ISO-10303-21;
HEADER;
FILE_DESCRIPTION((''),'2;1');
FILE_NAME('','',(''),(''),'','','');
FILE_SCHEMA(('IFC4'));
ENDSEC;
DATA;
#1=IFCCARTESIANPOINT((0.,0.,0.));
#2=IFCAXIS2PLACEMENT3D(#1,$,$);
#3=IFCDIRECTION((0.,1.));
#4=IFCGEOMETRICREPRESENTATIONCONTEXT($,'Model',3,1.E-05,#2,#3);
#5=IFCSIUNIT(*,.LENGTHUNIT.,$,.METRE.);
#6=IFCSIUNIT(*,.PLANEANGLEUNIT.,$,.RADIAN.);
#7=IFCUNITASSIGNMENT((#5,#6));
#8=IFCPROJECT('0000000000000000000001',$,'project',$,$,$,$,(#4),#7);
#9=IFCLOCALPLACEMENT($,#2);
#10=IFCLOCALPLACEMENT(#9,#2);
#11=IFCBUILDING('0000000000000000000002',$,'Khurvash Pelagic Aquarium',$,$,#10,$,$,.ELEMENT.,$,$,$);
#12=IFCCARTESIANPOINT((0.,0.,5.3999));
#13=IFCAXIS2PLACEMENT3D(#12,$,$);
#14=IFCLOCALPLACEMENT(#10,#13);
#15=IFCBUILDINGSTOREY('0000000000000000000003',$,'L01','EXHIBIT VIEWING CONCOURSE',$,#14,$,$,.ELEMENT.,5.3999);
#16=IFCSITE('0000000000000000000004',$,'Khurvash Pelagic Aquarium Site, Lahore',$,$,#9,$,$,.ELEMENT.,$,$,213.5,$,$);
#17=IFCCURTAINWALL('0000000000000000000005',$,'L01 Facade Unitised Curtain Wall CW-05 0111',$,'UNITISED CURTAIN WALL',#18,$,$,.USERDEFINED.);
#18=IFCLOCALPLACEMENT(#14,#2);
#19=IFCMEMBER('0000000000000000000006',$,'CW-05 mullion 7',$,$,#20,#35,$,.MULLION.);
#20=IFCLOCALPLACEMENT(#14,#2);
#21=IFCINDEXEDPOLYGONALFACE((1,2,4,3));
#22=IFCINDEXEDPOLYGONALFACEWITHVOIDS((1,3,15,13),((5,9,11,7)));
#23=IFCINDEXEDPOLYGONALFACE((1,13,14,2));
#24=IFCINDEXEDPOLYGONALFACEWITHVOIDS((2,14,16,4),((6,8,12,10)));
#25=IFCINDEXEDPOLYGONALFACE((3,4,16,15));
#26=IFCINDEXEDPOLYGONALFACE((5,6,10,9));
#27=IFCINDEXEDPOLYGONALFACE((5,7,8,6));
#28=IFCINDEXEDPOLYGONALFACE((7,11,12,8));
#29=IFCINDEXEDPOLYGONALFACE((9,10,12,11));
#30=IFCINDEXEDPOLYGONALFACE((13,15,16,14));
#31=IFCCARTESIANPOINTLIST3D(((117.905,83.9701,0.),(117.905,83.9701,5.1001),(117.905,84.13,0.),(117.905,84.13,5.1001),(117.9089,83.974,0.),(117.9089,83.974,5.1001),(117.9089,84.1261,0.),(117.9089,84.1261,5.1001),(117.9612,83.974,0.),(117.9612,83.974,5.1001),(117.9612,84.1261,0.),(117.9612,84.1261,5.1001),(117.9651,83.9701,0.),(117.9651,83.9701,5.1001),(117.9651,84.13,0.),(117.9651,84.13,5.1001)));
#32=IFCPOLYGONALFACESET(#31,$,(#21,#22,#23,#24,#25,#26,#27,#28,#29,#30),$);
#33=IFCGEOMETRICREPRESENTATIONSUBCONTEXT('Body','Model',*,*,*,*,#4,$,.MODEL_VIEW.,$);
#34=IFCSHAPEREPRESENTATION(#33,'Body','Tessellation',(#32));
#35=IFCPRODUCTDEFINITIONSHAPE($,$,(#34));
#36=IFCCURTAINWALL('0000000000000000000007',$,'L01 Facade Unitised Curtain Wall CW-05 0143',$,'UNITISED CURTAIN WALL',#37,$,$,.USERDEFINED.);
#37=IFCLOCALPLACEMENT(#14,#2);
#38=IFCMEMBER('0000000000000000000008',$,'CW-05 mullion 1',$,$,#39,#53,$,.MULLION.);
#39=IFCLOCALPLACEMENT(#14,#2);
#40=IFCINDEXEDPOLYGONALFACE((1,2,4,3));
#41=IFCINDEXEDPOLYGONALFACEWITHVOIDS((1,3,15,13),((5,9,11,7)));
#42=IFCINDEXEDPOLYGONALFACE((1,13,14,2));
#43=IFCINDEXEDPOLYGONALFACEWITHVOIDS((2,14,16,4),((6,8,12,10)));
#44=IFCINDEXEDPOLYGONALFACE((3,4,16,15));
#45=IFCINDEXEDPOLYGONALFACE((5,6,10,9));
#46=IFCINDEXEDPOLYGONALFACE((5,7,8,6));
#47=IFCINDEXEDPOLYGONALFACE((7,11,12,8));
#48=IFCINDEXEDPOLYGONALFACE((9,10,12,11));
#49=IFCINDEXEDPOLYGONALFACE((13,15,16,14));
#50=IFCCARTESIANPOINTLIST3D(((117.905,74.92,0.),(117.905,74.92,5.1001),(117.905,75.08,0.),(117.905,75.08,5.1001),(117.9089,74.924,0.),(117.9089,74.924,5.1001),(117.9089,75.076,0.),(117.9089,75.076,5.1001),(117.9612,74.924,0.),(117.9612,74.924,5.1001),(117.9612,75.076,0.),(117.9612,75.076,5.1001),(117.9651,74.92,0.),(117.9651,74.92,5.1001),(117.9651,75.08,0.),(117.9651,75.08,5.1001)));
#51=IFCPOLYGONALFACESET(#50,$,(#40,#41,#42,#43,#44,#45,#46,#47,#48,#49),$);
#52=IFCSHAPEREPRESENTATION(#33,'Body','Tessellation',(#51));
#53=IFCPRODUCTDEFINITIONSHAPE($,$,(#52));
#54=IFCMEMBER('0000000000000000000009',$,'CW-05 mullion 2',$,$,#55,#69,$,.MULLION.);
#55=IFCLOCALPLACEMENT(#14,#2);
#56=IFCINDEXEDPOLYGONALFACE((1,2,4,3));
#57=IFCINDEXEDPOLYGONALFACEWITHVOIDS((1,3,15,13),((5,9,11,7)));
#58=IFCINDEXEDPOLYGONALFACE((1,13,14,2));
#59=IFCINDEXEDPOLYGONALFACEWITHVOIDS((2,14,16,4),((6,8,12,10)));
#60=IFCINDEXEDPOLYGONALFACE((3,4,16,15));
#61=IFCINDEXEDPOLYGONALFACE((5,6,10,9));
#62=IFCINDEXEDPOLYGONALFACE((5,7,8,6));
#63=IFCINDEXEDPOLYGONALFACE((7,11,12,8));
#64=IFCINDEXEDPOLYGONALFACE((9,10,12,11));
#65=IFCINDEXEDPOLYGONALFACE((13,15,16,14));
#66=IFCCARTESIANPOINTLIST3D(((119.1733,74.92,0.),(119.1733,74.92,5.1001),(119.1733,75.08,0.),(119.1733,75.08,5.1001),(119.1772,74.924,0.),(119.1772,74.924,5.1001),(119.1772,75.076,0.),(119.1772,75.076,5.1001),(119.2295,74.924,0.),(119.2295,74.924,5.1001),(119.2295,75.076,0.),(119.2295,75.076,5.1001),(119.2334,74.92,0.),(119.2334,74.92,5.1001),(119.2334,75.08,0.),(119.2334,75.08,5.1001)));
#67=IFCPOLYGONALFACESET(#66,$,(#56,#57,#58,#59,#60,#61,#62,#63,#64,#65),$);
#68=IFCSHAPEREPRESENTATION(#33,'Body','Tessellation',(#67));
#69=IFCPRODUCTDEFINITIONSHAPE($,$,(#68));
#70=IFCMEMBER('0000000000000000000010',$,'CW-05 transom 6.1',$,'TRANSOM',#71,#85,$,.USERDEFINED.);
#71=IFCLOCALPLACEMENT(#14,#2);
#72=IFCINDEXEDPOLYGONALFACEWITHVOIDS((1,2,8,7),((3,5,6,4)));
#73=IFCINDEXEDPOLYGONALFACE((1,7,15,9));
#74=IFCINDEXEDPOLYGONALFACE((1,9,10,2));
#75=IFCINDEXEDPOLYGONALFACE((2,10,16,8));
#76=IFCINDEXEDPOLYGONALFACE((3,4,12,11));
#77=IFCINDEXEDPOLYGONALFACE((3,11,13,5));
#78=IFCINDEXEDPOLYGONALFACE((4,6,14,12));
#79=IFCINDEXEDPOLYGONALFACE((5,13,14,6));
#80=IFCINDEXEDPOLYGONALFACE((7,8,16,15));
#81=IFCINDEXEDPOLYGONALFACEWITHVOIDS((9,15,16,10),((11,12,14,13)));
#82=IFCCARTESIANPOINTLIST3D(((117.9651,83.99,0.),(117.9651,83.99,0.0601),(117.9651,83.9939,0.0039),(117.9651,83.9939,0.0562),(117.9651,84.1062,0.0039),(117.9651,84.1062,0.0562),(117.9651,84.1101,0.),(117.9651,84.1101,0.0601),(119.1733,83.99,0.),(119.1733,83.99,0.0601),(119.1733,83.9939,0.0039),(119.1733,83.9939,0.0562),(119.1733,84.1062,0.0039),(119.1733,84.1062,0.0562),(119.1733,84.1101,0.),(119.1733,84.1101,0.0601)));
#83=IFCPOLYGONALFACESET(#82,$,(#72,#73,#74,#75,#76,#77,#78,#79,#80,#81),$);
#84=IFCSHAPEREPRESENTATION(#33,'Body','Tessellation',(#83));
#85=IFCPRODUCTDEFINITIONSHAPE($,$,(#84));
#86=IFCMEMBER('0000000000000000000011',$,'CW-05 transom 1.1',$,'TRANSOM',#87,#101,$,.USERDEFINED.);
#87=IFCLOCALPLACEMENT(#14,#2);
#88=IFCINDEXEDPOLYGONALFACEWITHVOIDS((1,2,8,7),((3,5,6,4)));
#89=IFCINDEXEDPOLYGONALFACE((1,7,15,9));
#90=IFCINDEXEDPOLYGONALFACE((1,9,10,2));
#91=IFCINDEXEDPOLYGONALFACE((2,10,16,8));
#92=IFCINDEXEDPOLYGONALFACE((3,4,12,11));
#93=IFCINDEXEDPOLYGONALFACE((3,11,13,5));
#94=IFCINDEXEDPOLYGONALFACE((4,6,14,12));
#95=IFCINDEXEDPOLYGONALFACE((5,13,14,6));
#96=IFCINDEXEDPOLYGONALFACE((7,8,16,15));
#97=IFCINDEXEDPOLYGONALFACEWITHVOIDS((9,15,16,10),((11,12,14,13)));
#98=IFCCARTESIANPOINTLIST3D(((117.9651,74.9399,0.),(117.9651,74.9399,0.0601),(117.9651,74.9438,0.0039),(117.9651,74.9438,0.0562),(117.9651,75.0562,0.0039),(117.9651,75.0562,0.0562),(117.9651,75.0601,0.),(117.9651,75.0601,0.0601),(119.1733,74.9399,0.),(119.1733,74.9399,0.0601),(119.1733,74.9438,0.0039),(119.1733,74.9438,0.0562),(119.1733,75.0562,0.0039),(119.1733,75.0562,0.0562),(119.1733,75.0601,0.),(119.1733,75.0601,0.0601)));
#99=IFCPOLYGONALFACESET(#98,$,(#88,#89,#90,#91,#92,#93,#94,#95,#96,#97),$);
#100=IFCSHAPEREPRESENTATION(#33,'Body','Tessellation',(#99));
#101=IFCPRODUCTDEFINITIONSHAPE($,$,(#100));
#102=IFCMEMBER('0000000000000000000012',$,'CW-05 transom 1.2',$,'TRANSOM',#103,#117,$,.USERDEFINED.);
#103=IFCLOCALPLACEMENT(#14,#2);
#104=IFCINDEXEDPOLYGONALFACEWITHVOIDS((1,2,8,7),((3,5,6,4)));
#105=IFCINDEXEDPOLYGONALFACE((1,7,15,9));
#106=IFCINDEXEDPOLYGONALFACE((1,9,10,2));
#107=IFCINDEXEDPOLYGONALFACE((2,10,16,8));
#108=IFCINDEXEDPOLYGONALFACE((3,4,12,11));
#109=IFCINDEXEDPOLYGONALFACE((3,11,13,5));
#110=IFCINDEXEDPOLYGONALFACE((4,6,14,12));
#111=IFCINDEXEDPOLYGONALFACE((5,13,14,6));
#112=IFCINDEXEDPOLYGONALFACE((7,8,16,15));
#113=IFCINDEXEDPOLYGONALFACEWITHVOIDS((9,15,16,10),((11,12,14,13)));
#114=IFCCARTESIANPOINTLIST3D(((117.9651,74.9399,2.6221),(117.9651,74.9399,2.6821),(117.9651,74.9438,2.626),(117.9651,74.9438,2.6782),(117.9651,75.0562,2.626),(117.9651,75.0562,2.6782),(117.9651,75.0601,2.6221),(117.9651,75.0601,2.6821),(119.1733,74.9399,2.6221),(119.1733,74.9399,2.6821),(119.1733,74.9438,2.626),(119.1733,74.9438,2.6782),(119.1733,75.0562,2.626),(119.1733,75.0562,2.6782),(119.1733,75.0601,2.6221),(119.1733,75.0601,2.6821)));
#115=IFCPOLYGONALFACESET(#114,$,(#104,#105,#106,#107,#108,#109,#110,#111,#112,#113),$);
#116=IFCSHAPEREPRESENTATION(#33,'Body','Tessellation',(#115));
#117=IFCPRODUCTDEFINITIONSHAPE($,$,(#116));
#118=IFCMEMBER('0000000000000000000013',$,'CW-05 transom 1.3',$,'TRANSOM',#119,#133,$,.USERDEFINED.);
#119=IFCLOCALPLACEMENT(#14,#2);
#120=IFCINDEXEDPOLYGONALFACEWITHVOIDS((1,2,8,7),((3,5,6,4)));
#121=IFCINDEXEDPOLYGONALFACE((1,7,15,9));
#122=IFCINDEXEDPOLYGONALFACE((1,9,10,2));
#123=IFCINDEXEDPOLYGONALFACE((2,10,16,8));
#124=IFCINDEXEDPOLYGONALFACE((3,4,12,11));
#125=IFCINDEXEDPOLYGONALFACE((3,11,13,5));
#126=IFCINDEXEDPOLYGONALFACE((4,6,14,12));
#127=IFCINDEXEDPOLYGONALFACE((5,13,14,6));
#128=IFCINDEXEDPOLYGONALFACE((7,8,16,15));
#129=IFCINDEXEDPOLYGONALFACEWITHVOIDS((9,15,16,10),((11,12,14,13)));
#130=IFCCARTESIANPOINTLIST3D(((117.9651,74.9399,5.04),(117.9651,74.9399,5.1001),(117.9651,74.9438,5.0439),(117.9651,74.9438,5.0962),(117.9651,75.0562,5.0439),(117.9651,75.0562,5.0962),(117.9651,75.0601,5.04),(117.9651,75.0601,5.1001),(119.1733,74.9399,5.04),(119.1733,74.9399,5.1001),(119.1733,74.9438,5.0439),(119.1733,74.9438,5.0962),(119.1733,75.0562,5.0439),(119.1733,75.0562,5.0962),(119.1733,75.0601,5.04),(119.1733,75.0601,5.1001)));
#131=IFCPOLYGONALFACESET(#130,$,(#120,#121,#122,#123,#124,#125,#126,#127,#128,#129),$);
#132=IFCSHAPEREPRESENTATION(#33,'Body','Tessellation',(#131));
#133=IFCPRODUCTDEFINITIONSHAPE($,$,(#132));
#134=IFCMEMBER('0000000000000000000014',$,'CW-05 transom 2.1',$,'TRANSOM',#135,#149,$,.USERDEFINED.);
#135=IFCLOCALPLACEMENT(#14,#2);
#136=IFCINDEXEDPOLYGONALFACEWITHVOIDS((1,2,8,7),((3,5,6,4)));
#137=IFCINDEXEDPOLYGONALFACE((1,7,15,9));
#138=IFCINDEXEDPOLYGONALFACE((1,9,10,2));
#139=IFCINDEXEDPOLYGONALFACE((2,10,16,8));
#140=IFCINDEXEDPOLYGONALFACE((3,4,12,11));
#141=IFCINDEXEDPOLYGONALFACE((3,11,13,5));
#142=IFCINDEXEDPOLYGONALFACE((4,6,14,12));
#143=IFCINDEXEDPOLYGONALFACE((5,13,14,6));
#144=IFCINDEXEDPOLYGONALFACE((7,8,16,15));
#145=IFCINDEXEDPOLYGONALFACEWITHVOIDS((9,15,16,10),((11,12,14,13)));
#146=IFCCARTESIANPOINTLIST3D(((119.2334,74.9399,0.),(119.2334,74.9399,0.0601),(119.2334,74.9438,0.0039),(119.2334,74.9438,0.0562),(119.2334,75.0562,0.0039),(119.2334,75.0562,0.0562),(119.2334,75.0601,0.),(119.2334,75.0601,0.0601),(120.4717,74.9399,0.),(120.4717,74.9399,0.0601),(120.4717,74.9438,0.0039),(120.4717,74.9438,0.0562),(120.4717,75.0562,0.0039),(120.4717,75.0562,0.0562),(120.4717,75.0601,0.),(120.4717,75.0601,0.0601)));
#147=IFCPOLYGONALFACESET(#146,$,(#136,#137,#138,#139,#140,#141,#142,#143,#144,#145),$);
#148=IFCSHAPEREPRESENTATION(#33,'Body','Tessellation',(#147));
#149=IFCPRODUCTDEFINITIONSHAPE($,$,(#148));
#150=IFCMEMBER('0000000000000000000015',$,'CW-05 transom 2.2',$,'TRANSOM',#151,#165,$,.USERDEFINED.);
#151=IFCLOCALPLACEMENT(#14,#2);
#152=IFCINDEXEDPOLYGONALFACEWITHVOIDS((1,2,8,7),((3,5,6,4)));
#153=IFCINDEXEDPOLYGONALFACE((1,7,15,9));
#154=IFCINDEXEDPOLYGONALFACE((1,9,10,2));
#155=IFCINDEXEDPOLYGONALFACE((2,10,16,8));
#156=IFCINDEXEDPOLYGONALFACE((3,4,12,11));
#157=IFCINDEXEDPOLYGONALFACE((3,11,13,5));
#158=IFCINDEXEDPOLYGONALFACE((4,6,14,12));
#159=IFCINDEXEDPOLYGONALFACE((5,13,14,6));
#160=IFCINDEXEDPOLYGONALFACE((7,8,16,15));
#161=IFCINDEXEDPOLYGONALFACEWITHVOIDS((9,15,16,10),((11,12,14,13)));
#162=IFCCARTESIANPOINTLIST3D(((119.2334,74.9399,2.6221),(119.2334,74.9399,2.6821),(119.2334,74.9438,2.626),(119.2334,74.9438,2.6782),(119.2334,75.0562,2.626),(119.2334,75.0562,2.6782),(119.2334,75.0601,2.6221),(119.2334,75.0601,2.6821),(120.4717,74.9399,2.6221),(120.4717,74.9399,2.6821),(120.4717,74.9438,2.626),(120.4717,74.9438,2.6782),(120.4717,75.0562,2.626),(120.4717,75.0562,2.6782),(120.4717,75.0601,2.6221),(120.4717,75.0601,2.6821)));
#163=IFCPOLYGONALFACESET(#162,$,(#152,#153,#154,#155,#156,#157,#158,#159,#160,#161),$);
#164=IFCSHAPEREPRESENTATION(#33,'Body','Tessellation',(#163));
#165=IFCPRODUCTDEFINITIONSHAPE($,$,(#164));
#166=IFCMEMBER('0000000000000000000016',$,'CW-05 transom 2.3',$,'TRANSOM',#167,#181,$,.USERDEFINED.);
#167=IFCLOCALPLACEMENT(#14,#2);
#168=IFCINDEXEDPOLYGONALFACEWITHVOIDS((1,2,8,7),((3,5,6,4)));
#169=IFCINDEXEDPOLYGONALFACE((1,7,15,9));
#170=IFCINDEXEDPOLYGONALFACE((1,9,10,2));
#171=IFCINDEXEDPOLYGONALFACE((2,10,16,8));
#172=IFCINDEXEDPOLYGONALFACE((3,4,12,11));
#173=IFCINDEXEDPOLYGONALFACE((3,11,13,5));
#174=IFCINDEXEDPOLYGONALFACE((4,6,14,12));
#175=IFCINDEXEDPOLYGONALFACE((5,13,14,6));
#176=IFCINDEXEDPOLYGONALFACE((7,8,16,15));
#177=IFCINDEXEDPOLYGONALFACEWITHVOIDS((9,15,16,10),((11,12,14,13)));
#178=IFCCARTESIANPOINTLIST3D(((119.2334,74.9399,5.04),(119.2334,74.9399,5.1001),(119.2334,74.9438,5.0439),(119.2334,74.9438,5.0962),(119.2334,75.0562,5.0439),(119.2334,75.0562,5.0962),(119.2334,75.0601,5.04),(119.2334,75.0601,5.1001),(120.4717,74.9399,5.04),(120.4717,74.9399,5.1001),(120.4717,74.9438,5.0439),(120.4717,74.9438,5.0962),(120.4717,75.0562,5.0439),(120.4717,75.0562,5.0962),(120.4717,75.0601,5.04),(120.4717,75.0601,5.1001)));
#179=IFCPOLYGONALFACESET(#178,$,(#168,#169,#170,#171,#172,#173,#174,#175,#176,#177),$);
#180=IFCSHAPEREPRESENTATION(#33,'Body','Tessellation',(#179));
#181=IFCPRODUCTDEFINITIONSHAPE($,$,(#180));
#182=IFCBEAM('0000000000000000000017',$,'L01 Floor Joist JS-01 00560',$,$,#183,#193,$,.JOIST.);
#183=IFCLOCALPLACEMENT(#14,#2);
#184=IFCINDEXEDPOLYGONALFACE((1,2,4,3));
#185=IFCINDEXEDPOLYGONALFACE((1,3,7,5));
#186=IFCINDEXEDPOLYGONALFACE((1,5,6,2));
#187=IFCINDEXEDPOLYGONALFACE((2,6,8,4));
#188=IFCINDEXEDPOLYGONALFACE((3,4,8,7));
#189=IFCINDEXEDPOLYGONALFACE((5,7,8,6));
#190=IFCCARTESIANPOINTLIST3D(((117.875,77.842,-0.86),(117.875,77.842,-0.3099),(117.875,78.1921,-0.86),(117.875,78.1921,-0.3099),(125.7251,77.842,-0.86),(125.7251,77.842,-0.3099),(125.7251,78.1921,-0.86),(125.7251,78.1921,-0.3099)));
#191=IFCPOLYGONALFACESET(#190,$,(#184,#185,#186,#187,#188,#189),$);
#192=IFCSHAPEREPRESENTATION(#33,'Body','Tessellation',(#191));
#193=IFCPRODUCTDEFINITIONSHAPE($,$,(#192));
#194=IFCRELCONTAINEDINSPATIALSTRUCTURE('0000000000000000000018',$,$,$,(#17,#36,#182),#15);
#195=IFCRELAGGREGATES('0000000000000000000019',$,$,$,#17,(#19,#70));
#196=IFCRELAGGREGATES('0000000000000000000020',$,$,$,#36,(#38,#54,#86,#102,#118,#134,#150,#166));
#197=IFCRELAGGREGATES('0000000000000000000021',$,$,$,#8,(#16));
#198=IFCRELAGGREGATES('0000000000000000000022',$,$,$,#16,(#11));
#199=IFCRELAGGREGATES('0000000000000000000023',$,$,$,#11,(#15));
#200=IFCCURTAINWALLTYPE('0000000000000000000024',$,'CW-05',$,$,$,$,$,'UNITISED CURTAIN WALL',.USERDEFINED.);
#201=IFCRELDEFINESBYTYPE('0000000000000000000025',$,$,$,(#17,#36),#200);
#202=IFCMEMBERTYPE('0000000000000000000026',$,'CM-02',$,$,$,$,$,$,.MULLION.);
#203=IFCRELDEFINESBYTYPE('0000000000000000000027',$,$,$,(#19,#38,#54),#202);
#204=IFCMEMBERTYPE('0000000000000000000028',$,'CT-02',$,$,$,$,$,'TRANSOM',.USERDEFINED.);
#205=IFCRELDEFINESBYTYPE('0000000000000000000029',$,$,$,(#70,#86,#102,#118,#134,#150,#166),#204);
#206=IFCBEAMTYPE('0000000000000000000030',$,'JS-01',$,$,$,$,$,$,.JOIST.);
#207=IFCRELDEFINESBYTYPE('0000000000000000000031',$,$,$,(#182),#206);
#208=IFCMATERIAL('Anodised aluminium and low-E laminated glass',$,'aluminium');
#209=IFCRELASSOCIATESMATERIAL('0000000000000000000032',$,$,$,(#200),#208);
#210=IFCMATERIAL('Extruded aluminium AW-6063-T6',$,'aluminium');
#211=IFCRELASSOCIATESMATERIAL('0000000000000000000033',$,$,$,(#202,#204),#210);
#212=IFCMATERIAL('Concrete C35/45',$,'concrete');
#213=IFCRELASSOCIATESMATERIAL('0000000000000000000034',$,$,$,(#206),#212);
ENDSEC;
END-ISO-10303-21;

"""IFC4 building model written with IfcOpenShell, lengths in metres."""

from ifc_helpers import new_model, si_unit, direction, frame, origin, origin_2d, place, context, subcontext, project, spatial, rectangle, hollow_rectangle, extrude, material, material_profile, profile_set, type_object, element, aggregate, save


model = new_model("IFC4")

# Units and contexts
model_context = context("Model", 3, precision=1e-05, world=origin(), true_north=direction((0.0, 1.0)))
body_context = subcontext(model_context, "Body", "Model", "MODEL_VIEW")
ifc_project = project(units=[si_unit("LENGTHUNIT", "METRE"), si_unit("PLANEANGLEUNIT", "RADIAN")], contexts=[model_context])

# Site, building, storey
site_placement = place(None, origin())
site = spatial("IfcSite", under=ifc_project, at=site_placement, Name="Khurvash Pelagic Aquarium Site, Lahore", CompositionType="ELEMENT", RefElevation=213.5)
building_placement = place(site_placement, origin())
building = spatial("IfcBuilding", under=site, at=building_placement, Name="Khurvash Pelagic Aquarium", CompositionType="ELEMENT")
storey_placement = place(building_placement, frame((0.0, 0.0, 5.3999)))
storey = spatial("IfcBuildingStorey", under=building, at=storey_placement, Name="L01", Description="EXHIBIT VIEWING CONCOURSE", CompositionType="ELEMENT", Elevation=5.3999)

# Curtain wall, member
ifc_material_1 = material(Name="Anodised aluminium and low-E laminated glass", Category="aluminium")
curtain_wall_type = type_object("IfcCurtainWallType", Name="CW-05", ElementType="UNITISED CURTAIN WALL", PredefinedType="USERDEFINED", material=ifc_material_1)
curtain_wall_1_placement = place(storey_placement, origin())
curtain_wall_1 = element("IfcCurtainWall", 1, at=curtain_wall_1_placement, inside=storey, type_object=curtain_wall_type, Name="L01 Facade Unitised Curtain Wall CW-05 0111", ObjectType="UNITISED CURTAIN WALL", PredefinedType="USERDEFINED")
ifc_material_2 = material(Name="Extruded aluminium AW-6063-T6", Category="aluminium")
ifc_material_profile_1 = material_profile(ifc_material_2, hollow_rectangle(XDim=0.0601, YDim=0.1599, WallThickness=0.0039, at=origin_2d()), Name="CWM60X160X4")
ifc_profile_set_1 = profile_set([ifc_material_profile_1], Name="Extruded aluminium AW-6063-T6")
member_type_1 = type_object("IfcMemberType", Name="CM-02", PredefinedType="MULLION", material=ifc_profile_set_1)
member_1_placement = place(storey_placement, frame((117.9351, 84.05, 0.0), z_axis=(0.0, 0.0, 1.0), x_axis=(-1.0, 0.0, 0.0)))
member_1 = element("IfcMember", 2, at=member_1_placement, type_object=member_type_1, Name="CW-05 mullion 7", PredefinedType="MULLION", context=body_context, shape_type="SweptSolid", body=[
    extrude(hollow_rectangle(XDim=0.0601, YDim=0.1599, WallThickness=0.0039, at=origin_2d()), origin(), (0.0, 0.0, 1.0), 5.1001),
])

# Curtain wall, members
curtain_wall_2_placement = place(storey_placement, origin())
curtain_wall_2 = element("IfcCurtainWall", 3, at=curtain_wall_2_placement, inside=storey, type_object=curtain_wall_type, Name="L01 Facade Unitised Curtain Wall CW-05 0143", ObjectType="UNITISED CURTAIN WALL", PredefinedType="USERDEFINED")
member_2_placement = place(storey_placement, frame((117.9351, 75.0, 0.0), z_axis=(0.0, 0.0, 1.0), x_axis=(1.0, 0.0, 0.0)))
member_2 = element("IfcMember", 4, at=member_2_placement, type_object=member_type_1, Name="CW-05 mullion 1", PredefinedType="MULLION", context=body_context, shape_type="SweptSolid", body=[
    extrude(hollow_rectangle(XDim=0.0601, YDim=0.1599, WallThickness=0.0039, at=origin_2d()), origin(), (0.0, 0.0, 1.0), 5.1001),
])
member_3_placement = place(storey_placement, frame((119.2034, 75.0, 0.0), z_axis=(0.0, 0.0, 1.0), x_axis=(1.0, 0.0, 0.0)))
member_3 = element("IfcMember", 5, at=member_3_placement, type_object=member_type_1, Name="CW-05 mullion 2", PredefinedType="MULLION", context=body_context, shape_type="SweptSolid", body=[
    extrude(hollow_rectangle(XDim=0.0601, YDim=0.1599, WallThickness=0.0039, at=origin_2d()), origin(), (0.0, 0.0, 1.0), 5.1001),
])

# Members
ifc_material_profile_2 = material_profile(ifc_material_2, hollow_rectangle(XDim=0.1201, YDim=0.0601, WallThickness=0.0039, at=origin_2d()), Name="CWT120X60X4")
ifc_profile_set_2 = profile_set([ifc_material_profile_2], Name="Extruded aluminium AW-6063-T6")
member_type_2 = type_object("IfcMemberType", Name="CT-02", ElementType="TRANSOM", PredefinedType="USERDEFINED", material=ifc_profile_set_2)
member_4_placement = place(storey_placement, frame((119.1733, 84.05, 0.03), z_axis=(-1.0, 0.0, 0.0), x_axis=(0.0, -1.0, 0.0)))
member_4 = element("IfcMember", 6, at=member_4_placement, type_object=member_type_2, Name="CW-05 transom 6.1", ObjectType="TRANSOM", PredefinedType="USERDEFINED", context=body_context, shape_type="SweptSolid", body=[
    extrude(hollow_rectangle(XDim=0.1201, YDim=0.0601, WallThickness=0.0039, at=origin_2d()), origin(), (0.0, 0.0, 1.0), 1.2083),
])
member_5_placement = place(storey_placement, frame((117.9651, 75.0, 0.03), z_axis=(1.0, 0.0, 0.0), x_axis=(0.0, 1.0, 0.0)))
member_5 = element("IfcMember", 7, at=member_5_placement, type_object=member_type_2, Name="CW-05 transom 1.1", ObjectType="TRANSOM", PredefinedType="USERDEFINED", context=body_context, shape_type="SweptSolid", body=[
    extrude(hollow_rectangle(XDim=0.1201, YDim=0.0601, WallThickness=0.0039, at=origin_2d()), origin(), (0.0, 0.0, 1.0), 1.2083),
])
member_6_placement = place(storey_placement, frame((117.9651, 75.0, 2.6521), z_axis=(1.0, 0.0, 0.0), x_axis=(0.0, 1.0, 0.0)))
member_6 = element("IfcMember", 8, at=member_6_placement, type_object=member_type_2, Name="CW-05 transom 1.2", ObjectType="TRANSOM", PredefinedType="USERDEFINED", context=body_context, shape_type="SweptSolid", body=[
    extrude(hollow_rectangle(XDim=0.1201, YDim=0.0601, WallThickness=0.0039, at=origin_2d()), origin(), (0.0, 0.0, 1.0), 1.2083),
])
member_7_placement = place(storey_placement, frame((117.9651, 75.0, 5.0701), z_axis=(1.0, 0.0, 0.0), x_axis=(0.0, 1.0, 0.0)))
member_7 = element("IfcMember", 9, at=member_7_placement, type_object=member_type_2, Name="CW-05 transom 1.3", ObjectType="TRANSOM", PredefinedType="USERDEFINED", context=body_context, shape_type="SweptSolid", body=[
    extrude(hollow_rectangle(XDim=0.1201, YDim=0.0601, WallThickness=0.0039, at=origin_2d()), origin(), (0.0, 0.0, 1.0), 1.2083),
])
member_8_placement = place(storey_placement, frame((119.2334, 75.0, 0.03), z_axis=(1.0, 0.0, 0.0), x_axis=(0.0, 1.0, 0.0)))
member_8 = element("IfcMember", 10, at=member_8_placement, type_object=member_type_2, Name="CW-05 transom 2.1", ObjectType="TRANSOM", PredefinedType="USERDEFINED", context=body_context, shape_type="SweptSolid", body=[
    extrude(hollow_rectangle(XDim=0.1201, YDim=0.0601, WallThickness=0.0039, at=origin_2d()), origin(), (0.0, 0.0, 1.0), 1.2383),
])
member_9_placement = place(storey_placement, frame((119.2334, 75.0, 2.6521), z_axis=(1.0, 0.0, 0.0), x_axis=(0.0, 1.0, 0.0)))
member_9 = element("IfcMember", 11, at=member_9_placement, type_object=member_type_2, Name="CW-05 transom 2.2", ObjectType="TRANSOM", PredefinedType="USERDEFINED", context=body_context, shape_type="SweptSolid", body=[
    extrude(hollow_rectangle(XDim=0.1201, YDim=0.0601, WallThickness=0.0039, at=origin_2d()), origin(), (0.0, 0.0, 1.0), 1.2383),
])
member_10_placement = place(storey_placement, frame((119.2334, 75.0, 5.0701), z_axis=(1.0, 0.0, 0.0), x_axis=(0.0, 1.0, 0.0)))
member_10 = element("IfcMember", 12, at=member_10_placement, type_object=member_type_2, Name="CW-05 transom 2.3", ObjectType="TRANSOM", PredefinedType="USERDEFINED", context=body_context, shape_type="SweptSolid", body=[
    extrude(hollow_rectangle(XDim=0.1201, YDim=0.0601, WallThickness=0.0039, at=origin_2d()), origin(), (0.0, 0.0, 1.0), 1.2383),
])

# Beam
ifc_material_3 = material(Name="Concrete C35/45", Category="concrete")
ifc_material_profile_3 = material_profile(ifc_material_3, rectangle(XDim=0.3501, YDim=0.55, at=origin_2d()), Name="RC350X550")
ifc_profile_set_3 = profile_set([ifc_material_profile_3], Name="Concrete C35/45")
beam_type_1 = type_object("IfcBeamType", Name="JS-01", PredefinedType="JOIST", material=ifc_profile_set_3)
for number, where, z_axis, x_axis, name in (
    (13, (117.875, 78.0171, -0.585), (1.0, 0.0, 0.0), (0.0, 1.0, 0.0), "L01 Floor Joist JS-01 00560"),
):
    element("IfcBeam", number, at=place(storey_placement, frame(where, z_axis=z_axis, x_axis=x_axis)), inside=storey, type_object=beam_type_1, Name=name, PredefinedType="JOIST", context=body_context, shape_type="SweptSolid", body=[
        extrude(rectangle(XDim=0.3501, YDim=0.55, at=origin_2d()), origin(), (0.0, 0.0, 1.0), 7.8501),
    ])

aggregate(curtain_wall_1, [member_1, member_4])
aggregate(curtain_wall_2, [member_2, member_3, member_5, member_6, member_7, member_8, member_9, member_10])

save(model, "model.ifc")
